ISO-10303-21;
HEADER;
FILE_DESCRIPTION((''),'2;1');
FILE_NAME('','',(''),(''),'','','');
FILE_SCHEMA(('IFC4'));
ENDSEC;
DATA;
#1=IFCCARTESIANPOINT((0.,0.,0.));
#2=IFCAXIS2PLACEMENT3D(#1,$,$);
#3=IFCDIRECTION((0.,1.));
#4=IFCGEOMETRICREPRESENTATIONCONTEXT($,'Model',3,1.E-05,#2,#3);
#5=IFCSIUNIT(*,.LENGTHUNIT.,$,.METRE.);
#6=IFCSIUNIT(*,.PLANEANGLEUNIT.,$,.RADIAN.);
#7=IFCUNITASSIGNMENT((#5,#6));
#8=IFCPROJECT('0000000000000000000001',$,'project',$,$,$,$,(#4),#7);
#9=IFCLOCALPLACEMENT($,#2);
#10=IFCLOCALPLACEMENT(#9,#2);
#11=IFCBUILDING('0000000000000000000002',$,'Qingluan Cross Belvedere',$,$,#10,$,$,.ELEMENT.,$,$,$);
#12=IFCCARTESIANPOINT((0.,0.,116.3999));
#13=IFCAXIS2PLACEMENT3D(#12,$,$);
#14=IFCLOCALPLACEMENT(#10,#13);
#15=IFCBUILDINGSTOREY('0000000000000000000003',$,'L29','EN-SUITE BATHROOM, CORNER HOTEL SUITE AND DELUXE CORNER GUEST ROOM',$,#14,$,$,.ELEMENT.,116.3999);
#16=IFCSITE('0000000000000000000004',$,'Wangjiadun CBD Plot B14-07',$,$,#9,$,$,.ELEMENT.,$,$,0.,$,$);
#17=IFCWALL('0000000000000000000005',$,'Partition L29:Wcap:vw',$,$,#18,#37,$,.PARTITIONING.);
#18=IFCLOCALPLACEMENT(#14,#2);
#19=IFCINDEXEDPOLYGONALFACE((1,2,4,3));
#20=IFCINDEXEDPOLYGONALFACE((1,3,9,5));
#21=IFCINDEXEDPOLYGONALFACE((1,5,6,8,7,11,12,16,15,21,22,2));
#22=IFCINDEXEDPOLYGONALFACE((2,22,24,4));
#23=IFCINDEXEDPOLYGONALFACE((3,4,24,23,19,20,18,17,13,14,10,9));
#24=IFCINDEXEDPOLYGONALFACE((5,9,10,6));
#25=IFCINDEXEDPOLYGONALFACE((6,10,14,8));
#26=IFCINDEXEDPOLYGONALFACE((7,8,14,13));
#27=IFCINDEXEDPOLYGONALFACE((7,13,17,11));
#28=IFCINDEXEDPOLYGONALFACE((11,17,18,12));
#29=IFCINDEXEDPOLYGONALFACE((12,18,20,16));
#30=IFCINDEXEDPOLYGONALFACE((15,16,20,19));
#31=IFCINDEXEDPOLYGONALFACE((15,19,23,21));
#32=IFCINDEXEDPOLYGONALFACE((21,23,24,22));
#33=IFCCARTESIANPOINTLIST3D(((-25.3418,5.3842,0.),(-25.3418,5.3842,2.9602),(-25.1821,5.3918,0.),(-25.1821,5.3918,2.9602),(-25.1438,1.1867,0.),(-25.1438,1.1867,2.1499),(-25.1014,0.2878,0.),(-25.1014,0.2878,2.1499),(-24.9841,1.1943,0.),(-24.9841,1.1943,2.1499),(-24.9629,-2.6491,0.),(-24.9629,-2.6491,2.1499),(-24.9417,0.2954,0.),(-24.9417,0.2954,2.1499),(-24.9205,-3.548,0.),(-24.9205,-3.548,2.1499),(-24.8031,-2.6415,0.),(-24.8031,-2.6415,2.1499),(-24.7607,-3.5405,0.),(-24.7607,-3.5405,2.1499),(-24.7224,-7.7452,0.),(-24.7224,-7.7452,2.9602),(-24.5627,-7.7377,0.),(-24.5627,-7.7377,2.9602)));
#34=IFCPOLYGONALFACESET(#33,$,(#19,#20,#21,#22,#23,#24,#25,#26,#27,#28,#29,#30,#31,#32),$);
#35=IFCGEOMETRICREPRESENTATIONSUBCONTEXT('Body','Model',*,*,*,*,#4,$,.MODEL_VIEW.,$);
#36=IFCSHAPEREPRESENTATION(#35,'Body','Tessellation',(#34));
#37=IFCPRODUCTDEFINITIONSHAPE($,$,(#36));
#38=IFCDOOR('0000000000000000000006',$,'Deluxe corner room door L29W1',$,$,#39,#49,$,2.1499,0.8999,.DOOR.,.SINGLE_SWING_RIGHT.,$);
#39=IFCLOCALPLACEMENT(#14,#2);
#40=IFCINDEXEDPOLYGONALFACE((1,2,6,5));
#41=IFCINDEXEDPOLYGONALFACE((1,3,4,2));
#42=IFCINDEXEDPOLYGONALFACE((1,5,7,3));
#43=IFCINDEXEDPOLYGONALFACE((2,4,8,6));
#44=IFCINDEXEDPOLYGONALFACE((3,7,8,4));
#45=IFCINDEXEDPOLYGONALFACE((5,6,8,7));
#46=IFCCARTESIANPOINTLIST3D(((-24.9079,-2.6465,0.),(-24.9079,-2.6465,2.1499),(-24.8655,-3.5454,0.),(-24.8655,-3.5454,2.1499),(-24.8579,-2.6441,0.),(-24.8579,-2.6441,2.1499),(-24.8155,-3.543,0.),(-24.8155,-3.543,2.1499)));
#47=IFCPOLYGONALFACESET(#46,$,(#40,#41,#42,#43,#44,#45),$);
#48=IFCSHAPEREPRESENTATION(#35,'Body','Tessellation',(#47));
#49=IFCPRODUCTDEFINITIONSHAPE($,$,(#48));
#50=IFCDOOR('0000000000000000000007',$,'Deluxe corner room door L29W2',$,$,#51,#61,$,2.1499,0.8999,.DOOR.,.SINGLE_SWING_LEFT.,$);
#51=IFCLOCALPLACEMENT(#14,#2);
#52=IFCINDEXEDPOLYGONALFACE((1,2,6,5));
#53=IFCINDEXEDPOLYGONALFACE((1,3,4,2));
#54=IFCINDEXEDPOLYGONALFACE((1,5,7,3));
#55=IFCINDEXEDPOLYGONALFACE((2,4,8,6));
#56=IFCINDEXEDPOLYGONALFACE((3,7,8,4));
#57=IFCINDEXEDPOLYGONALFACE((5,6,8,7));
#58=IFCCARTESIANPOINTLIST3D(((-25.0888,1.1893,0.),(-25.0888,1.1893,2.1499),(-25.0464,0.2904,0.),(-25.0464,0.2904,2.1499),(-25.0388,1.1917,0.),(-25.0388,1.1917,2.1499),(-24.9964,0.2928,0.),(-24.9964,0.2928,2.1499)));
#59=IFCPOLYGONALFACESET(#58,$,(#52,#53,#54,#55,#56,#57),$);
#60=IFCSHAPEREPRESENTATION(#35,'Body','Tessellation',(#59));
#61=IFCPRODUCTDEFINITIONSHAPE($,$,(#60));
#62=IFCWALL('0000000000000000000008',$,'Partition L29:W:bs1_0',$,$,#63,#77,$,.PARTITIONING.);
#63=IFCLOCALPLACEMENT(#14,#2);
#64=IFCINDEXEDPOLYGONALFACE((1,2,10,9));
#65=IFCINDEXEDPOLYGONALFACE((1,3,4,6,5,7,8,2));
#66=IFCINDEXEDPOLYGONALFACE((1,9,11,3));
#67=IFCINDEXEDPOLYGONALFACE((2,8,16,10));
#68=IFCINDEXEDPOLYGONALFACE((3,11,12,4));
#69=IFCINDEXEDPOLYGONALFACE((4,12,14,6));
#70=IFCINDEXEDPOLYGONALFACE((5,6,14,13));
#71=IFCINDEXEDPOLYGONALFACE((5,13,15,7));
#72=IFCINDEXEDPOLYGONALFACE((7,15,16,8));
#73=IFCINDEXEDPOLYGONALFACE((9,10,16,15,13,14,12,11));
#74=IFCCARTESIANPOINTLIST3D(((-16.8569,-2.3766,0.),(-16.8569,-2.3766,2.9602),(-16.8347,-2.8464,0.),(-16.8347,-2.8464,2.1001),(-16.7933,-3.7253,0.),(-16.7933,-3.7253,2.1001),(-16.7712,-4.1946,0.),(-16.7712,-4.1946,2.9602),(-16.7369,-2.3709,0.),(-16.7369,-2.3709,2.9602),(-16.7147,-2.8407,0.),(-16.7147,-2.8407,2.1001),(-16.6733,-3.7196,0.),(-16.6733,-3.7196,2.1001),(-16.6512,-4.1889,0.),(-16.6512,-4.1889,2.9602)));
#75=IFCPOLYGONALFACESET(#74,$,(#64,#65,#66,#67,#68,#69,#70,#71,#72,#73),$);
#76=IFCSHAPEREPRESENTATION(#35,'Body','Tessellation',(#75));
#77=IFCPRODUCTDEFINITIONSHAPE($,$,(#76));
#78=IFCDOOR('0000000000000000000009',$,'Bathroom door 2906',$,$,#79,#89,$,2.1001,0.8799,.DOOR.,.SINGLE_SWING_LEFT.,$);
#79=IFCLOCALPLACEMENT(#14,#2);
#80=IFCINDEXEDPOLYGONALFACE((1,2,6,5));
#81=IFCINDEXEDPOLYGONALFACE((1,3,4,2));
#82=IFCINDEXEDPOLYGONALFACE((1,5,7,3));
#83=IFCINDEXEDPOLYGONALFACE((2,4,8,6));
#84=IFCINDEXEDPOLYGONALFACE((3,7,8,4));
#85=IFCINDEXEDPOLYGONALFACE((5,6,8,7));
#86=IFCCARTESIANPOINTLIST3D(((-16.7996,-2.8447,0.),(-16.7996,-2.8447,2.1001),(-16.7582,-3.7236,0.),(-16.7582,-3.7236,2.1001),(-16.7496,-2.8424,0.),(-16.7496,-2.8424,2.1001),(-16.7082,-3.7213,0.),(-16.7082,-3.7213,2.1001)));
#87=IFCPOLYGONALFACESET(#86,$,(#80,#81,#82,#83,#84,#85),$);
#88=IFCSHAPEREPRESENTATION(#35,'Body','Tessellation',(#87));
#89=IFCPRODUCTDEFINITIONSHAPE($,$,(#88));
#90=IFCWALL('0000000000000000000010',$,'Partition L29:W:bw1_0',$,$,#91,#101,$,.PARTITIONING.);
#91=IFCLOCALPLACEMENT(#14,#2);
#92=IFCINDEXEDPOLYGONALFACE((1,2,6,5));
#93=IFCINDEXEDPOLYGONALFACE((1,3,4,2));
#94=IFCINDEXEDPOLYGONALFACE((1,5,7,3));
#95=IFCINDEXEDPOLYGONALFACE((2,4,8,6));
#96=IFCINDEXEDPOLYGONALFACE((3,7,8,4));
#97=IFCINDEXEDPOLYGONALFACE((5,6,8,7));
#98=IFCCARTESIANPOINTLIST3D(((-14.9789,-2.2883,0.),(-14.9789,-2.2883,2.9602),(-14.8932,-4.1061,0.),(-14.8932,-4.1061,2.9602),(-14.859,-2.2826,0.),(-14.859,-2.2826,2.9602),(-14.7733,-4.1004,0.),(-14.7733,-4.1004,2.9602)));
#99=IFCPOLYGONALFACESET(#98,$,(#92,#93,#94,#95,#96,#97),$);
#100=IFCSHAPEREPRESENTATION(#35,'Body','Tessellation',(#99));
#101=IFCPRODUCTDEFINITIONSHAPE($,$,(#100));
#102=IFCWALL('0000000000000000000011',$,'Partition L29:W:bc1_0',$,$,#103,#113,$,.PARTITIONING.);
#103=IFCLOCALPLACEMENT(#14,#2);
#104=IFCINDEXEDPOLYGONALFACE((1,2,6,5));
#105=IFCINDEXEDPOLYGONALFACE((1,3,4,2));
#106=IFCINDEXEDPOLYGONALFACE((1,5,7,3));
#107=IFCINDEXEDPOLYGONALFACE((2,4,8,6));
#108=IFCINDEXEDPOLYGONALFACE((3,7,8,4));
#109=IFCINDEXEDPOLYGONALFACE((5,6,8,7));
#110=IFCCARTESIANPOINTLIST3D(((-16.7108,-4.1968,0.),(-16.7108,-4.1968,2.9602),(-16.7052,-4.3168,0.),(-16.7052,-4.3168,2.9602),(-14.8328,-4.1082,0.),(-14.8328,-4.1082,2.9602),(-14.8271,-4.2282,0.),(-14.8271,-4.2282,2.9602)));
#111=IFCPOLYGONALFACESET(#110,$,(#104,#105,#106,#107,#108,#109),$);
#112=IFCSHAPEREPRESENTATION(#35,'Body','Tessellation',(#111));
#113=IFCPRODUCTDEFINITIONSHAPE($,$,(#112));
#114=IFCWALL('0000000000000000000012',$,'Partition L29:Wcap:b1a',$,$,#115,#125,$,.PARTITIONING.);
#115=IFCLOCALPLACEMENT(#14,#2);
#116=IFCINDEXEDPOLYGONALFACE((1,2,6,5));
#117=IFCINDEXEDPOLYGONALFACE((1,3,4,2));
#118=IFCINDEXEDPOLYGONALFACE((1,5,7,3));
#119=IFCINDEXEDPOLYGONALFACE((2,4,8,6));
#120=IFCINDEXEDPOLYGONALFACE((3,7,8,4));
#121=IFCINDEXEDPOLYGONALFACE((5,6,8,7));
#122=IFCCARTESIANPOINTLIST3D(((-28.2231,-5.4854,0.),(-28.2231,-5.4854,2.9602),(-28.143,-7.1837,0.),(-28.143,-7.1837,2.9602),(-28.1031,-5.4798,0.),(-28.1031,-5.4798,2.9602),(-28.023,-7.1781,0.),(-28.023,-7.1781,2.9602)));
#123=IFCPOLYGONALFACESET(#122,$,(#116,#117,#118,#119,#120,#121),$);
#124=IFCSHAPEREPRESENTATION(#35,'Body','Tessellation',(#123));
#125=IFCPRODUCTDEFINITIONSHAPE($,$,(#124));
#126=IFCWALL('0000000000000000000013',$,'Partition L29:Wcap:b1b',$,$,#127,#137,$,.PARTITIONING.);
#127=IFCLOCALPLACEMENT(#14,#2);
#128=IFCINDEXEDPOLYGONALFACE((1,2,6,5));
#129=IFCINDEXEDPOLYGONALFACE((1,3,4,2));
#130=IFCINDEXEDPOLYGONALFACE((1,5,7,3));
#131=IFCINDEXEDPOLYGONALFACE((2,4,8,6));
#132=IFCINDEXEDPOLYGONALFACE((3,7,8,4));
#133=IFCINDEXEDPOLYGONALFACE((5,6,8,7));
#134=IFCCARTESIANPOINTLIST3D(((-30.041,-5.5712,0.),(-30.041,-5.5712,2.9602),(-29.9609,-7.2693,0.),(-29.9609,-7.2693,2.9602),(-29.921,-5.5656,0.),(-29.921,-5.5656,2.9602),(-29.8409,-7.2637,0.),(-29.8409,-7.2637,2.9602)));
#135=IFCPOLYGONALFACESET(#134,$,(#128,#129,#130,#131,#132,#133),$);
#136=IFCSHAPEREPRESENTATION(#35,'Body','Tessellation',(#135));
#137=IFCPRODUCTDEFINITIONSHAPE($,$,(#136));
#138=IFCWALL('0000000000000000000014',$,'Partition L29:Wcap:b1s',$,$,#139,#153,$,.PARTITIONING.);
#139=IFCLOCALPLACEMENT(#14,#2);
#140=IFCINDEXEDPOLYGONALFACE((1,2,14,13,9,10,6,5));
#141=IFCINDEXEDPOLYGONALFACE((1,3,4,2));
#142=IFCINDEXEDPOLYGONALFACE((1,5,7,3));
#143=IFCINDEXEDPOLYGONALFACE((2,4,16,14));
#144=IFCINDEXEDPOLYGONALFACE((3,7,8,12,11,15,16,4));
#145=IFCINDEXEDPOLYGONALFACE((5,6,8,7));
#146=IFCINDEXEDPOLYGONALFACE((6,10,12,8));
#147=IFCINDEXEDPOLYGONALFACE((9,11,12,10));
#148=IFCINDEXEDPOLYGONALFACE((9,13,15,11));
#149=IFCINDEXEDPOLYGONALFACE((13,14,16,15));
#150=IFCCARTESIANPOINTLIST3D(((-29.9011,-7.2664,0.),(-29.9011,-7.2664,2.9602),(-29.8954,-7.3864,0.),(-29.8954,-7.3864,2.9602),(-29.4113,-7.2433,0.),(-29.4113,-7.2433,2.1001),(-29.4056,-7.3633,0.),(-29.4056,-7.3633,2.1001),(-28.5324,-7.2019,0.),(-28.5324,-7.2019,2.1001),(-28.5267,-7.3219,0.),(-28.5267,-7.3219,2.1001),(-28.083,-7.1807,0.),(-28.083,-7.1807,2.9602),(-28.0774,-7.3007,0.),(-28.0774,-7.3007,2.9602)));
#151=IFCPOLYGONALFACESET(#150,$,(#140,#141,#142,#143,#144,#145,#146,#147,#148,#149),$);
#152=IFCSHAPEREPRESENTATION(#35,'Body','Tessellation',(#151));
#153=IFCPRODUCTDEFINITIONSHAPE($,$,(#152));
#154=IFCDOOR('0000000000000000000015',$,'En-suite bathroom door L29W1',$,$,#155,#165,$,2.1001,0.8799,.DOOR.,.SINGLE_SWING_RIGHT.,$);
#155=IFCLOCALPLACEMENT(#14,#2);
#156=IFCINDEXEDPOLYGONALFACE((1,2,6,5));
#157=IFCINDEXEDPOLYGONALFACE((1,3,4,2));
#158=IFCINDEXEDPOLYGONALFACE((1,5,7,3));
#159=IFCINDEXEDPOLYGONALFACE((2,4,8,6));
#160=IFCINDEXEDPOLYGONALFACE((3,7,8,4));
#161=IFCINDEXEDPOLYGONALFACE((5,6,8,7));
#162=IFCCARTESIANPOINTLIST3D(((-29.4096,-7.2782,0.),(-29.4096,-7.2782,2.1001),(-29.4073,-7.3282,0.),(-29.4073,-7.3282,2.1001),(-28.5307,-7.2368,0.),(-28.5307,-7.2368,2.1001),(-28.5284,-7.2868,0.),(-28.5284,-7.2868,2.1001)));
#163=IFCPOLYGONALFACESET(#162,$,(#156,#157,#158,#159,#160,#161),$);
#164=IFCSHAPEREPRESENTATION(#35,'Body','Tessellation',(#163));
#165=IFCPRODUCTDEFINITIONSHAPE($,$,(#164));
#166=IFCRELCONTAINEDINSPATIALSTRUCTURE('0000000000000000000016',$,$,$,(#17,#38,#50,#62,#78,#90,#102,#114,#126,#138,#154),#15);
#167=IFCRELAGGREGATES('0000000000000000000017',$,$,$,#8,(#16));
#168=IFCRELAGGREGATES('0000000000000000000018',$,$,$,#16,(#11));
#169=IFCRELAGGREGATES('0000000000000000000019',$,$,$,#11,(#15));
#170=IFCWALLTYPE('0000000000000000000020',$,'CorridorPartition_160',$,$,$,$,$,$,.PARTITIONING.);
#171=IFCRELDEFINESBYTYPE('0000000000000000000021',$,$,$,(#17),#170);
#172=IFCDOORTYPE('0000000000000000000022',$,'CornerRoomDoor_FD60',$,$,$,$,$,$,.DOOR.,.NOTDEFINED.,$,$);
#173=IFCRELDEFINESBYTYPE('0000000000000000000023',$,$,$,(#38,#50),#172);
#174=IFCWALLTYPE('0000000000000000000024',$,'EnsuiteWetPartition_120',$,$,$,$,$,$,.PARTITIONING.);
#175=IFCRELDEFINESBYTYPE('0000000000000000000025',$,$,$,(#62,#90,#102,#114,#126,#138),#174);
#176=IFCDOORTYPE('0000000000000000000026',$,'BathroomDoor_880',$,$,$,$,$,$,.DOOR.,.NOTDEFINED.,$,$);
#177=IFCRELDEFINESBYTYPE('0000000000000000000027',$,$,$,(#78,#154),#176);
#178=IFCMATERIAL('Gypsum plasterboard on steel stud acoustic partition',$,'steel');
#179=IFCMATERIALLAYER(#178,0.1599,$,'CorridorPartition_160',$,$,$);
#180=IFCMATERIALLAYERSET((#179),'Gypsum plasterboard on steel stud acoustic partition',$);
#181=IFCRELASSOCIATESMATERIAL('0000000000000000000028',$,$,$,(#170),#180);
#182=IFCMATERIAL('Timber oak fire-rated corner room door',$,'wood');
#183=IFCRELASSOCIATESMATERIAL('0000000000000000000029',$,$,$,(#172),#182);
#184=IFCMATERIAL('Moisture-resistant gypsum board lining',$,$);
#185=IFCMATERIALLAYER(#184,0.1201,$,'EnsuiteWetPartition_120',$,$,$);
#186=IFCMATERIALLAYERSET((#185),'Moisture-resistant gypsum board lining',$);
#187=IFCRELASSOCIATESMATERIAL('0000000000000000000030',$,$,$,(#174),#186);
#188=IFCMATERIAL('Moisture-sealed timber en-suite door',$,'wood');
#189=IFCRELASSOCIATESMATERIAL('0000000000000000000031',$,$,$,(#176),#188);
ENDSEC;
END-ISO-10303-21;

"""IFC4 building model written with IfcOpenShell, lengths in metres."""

from ifc_helpers import new_model, si_unit, direction, frame, frame_2d, origin, place, context, subcontext, project, spatial, rectangle, extrude, material, layer, layer_set, type_object, element, fill, save


model = new_model("IFC4")

# Units and contexts
model_context = context("Model", 3, precision=1e-05, world=origin(), true_north=direction((0.0, 1.0)))
body_context = subcontext(model_context, "Body", "Model", "MODEL_VIEW")
ifc_project = project(units=[si_unit("LENGTHUNIT", "METRE"), si_unit("PLANEANGLEUNIT", "RADIAN")], contexts=[model_context])

# Site, building, storey
site_placement = place(None, origin())
site = spatial("IfcSite", under=ifc_project, at=site_placement, Name="Wangjiadun CBD Plot B14-07", CompositionType="ELEMENT", RefElevation=0.0)
building_placement = place(site_placement, origin())
building = spatial("IfcBuilding", under=site, at=building_placement, Name="Qingluan Cross Belvedere", CompositionType="ELEMENT")
storey_placement = place(building_placement, frame((0.0, 0.0, 116.3999)))
storey = spatial("IfcBuildingStorey", under=building, at=storey_placement, Name="L29", Description="EN-SUITE BATHROOM, CORNER HOTEL SUITE AND DELUXE CORNER GUEST ROOM", CompositionType="ELEMENT", Elevation=116.3999)

# Shared definitions
ifc_material_1 = material(Name="Gypsum plasterboard on steel stud acoustic partition", Category="steel")
ifc_layer_1 = layer(ifc_material_1, 0.1599, Name="CorridorPartition_160")
ifc_layer_set_1 = layer_set([ifc_layer_1], Name="Gypsum plasterboard on steel stud acoustic partition")
wall_type_1 = type_object("IfcWallType", Name="CorridorPartition_160", PredefinedType="PARTITIONING", material=ifc_layer_set_1)

# Wall, openings, doors
wall_1_placement = place(storey_placement, frame((-24.6426, -7.7415, 0.0), z_axis=(0.0, 0.0, 1.0), x_axis=(-0.047123, 0.998889, 0.0)))
wall_1 = element("IfcWall", 1, at=wall_1_placement, inside=storey, type_object=wall_type_1, Name="Partition L29:Wcap:vw", PredefinedType="PARTITIONING", context=body_context, shape_type="SweptSolid", body=[
    extrude(rectangle(XDim=13.144, YDim=0.1599, at=frame_2d((6.572, 0.0))), origin(), (0.0, 0.0, 1.0), 2.9602),
])
opening_1_placement = place(wall_1_placement, frame((4.2019, 0.0, 0.0)))
opening_1 = element("IfcOpeningElement", 2, at=opening_1_placement, cuts=wall_1, PredefinedType="OPENING", context=body_context, shape_type="SweptSolid", body=[
    extrude(rectangle(XDim=0.8999, YDim=2.1499, at=frame_2d((0.45, 1.075))), frame((0.0, 0.0898, 0.0), z_axis=(0.0, -1.0, 0.0), x_axis=(1.0, 0.0, 0.0)), (0.0, 0.0, 1.0), 0.1799),
])
opening_2_placement = place(wall_1_placement, frame((8.042, 0.0, 0.0)))
opening_2 = element("IfcOpeningElement", 3, at=opening_2_placement, cuts=wall_1, PredefinedType="OPENING", context=body_context, shape_type="SweptSolid", body=[
    extrude(rectangle(XDim=0.8999, YDim=2.1499, at=frame_2d((0.45, 1.075))), frame((0.0, 0.0898, 0.0), z_axis=(0.0, -1.0, 0.0), x_axis=(1.0, 0.0, 0.0)), (0.0, 0.0, 1.0), 0.1799),
])
ifc_material_2 = material(Name="Timber oak fire-rated corner room door", Category="wood")
door_type_1 = type_object("IfcDoorType", Name="CornerRoomDoor_FD60", OperationType="NOTDEFINED", PredefinedType="DOOR", material=ifc_material_2)
door_1_placement = place(opening_1_placement, origin())
door_1 = element("IfcDoor", 4, at=door_1_placement, inside=storey, type_object=door_type_1, Name="Deluxe corner room door L29W1", OperationType="SINGLE_SWING_RIGHT", OverallHeight=2.1499, OverallWidth=0.8999, PredefinedType="DOOR", context=body_context, shape_type="SweptSolid", body=[
    extrude(rectangle(XDim=0.8999, YDim=2.1499, at=frame_2d((0.45, 1.075))), frame((0.0, 0.0249, 0.0), z_axis=(0.0, -1.0, 0.0), x_axis=(1.0, 0.0, 0.0)), (0.0, 0.0, 1.0), 0.05),
])
fill(opening_1, door_1)
door_2_placement = place(opening_2_placement, origin())
door_2 = element("IfcDoor", 5, at=door_2_placement, inside=storey, type_object=door_type_1, Name="Deluxe corner room door L29W2", OperationType="SINGLE_SWING_LEFT", OverallHeight=2.1499, OverallWidth=0.8999, PredefinedType="DOOR", context=body_context, shape_type="SweptSolid", body=[
    extrude(rectangle(XDim=0.8999, YDim=2.1499, at=frame_2d((0.45, 1.075))), frame((0.0, 0.0249, 0.0), z_axis=(0.0, -1.0, 0.0), x_axis=(1.0, 0.0, 0.0)), (0.0, 0.0, 1.0), 0.05),
])
fill(opening_2, door_2)

# Wall, opening, door
ifc_material_3 = material(Name="Moisture-resistant gypsum board lining")
ifc_layer_2 = layer(ifc_material_3, 0.1201, Name="EnsuiteWetPartition_120")
ifc_layer_set_2 = layer_set([ifc_layer_2], Name="Moisture-resistant gypsum board lining")
wall_type_2 = type_object("IfcWallType", Name="EnsuiteWetPartition_120", PredefinedType="PARTITIONING", material=ifc_layer_set_2)
wall_2_placement = place(storey_placement, frame((-16.7112, -4.1919, 0.0), z_axis=(0.0, 0.0, 1.0), x_axis=(-0.047081, 0.998891, 0.0)))
wall_2 = element("IfcWall", 6, at=wall_2_placement, inside=storey, type_object=wall_type_2, Name="Partition L29:W:bs1_0", PredefinedType="PARTITIONING", context=body_context, shape_type="SweptSolid", body=[
    extrude(rectangle(XDim=1.8201, YDim=0.1201, at=frame_2d((0.9102, 0.0))), origin(), (0.0, 0.0, 1.0), 2.9602),
])
opening_3_placement = place(wall_2_placement, frame((0.47, 0.0, 0.0)))
opening_3 = element("IfcOpeningElement", 7, at=opening_3_placement, cuts=wall_2, PredefinedType="OPENING", context=body_context, shape_type="SweptSolid", body=[
    extrude(rectangle(XDim=0.8799, YDim=2.1001, at=frame_2d((0.4399, 1.05))), frame((0.0, 0.0701, 0.0), z_axis=(0.0, -1.0, 0.0), x_axis=(1.0, 0.0, 0.0)), (0.0, 0.0, 1.0), 0.1401),
])
ifc_material_4 = material(Name="Moisture-sealed timber en-suite door", Category="wood")
door_type_2 = type_object("IfcDoorType", Name="BathroomDoor_880", OperationType="NOTDEFINED", PredefinedType="DOOR", material=ifc_material_4)
door_3_placement = place(opening_3_placement, origin())
door_3 = element("IfcDoor", 8, at=door_3_placement, inside=storey, type_object=door_type_2, Name="Bathroom door 2906", OperationType="SINGLE_SWING_LEFT", OverallHeight=2.1001, OverallWidth=0.8799, PredefinedType="DOOR", context=body_context, shape_type="SweptSolid", body=[
    extrude(rectangle(XDim=0.8799, YDim=2.1001, at=frame_2d((0.4399, 1.05))), frame((0.0, 0.0249, 0.0), z_axis=(0.0, -1.0, 0.0), x_axis=(1.0, 0.0, 0.0)), (0.0, 0.0, 1.0), 0.05),
])
fill(opening_3, door_3)

# Walls
wall_3_placement = place(storey_placement, frame((-14.8333, -4.1033, 0.0), z_axis=(0.0, 0.0, 1.0), x_axis=(-0.047087, 0.998891, 0.0)))
element("IfcWall", 9, at=wall_3_placement, inside=storey, type_object=wall_type_2, Name="Partition L29:W:bw1_0", PredefinedType="PARTITIONING", context=body_context, shape_type="SweptSolid", body=[
    extrude(rectangle(XDim=1.8198, YDim=0.1201, at=frame_2d((0.9099, 0.0))), origin(), (0.0, 0.0, 1.0), 2.9602),
])
wall_4_placement = place(storey_placement, frame((-14.8301, -4.1682, 0.0), z_axis=(0.0, 0.0, 1.0), x_axis=(-0.998888, -0.047139, 0.0)))
element("IfcWall", 10, at=wall_4_placement, inside=storey, type_object=wall_type_2, Name="Partition L29:W:bc1_0", PredefinedType="PARTITIONING", context=body_context, shape_type="SweptSolid", body=[
    extrude(rectangle(XDim=1.8801, YDim=0.1201, at=frame_2d((0.9399, 0.0))), origin(), (0.0, 0.0, 1.0), 2.9602),
])
wall_5_placement = place(storey_placement, frame((-28.083, -7.1809, 0.0), z_axis=(0.0, 0.0, 1.0), x_axis=(-0.047101, 0.99889, 0.0)))
element("IfcWall", 11, at=wall_5_placement, inside=storey, type_object=wall_type_2, Name="Partition L29:Wcap:b1a", PredefinedType="PARTITIONING", context=body_context, shape_type="SweptSolid", body=[
    extrude(rectangle(XDim=1.7002, YDim=0.1201, at=frame_2d((0.8501, 0.0))), origin(), (0.0, 0.0, 1.0), 2.9602),
])
wall_6_placement = place(storey_placement, frame((-29.9009, -7.2666, 0.0), z_axis=(0.0, 0.0, 1.0), x_axis=(-0.047108, 0.99889, 0.0)))
element("IfcWall", 12, at=wall_6_placement, inside=storey, type_object=wall_type_2, Name="Partition L29:Wcap:b1b", PredefinedType="PARTITIONING", context=body_context, shape_type="SweptSolid", body=[
    extrude(rectangle(XDim=1.7, YDim=0.1201, at=frame_2d((0.8501, 0.0))), origin(), (0.0, 0.0, 1.0), 2.9602),
])

# Wall, opening, door
wall_7_placement = place(storey_placement, frame((-28.0801, -7.2407, 0.0), z_axis=(0.0, 0.0, 1.0), x_axis=(-0.998891, -0.047081, 0.0)))
wall_7 = element("IfcWall", 13, at=wall_7_placement, inside=storey, type_object=wall_type_2, Name="Partition L29:Wcap:b1s", PredefinedType="PARTITIONING", context=body_context, shape_type="SweptSolid", body=[
    extrude(rectangle(XDim=1.8201, YDim=0.1201, at=frame_2d((0.9102, 0.0))), origin(), (0.0, 0.0, 1.0), 2.9602),
])
opening_4_placement = place(wall_7_placement, frame((0.45, 0.0, 0.0)))
opening_4 = element("IfcOpeningElement", 14, at=opening_4_placement, cuts=wall_7, PredefinedType="OPENING", context=body_context, shape_type="SweptSolid", body=[
    extrude(rectangle(XDim=0.8799, YDim=2.1001, at=frame_2d((0.4399, 1.05))), frame((0.0, 0.0701, 0.0), z_axis=(0.0, -1.0, 0.0), x_axis=(1.0, 0.0, 0.0)), (0.0, 0.0, 1.0), 0.1401),
])
door_4_placement = place(opening_4_placement, origin())
door_4 = element("IfcDoor", 15, at=door_4_placement, inside=storey, type_object=door_type_2, Name="En-suite bathroom door L29W1", OperationType="SINGLE_SWING_RIGHT", OverallHeight=2.1001, OverallWidth=0.8799, PredefinedType="DOOR", context=body_context, shape_type="SweptSolid", body=[
    extrude(rectangle(XDim=0.8799, YDim=2.1001, at=frame_2d((0.4399, 1.05))), frame((0.0, 0.0249, 0.0), z_axis=(0.0, -1.0, 0.0), x_axis=(1.0, 0.0, 0.0)), (0.0, 0.0, 1.0), 0.05),
])
fill(opening_4, door_4)

save(model, "model.ifc")
